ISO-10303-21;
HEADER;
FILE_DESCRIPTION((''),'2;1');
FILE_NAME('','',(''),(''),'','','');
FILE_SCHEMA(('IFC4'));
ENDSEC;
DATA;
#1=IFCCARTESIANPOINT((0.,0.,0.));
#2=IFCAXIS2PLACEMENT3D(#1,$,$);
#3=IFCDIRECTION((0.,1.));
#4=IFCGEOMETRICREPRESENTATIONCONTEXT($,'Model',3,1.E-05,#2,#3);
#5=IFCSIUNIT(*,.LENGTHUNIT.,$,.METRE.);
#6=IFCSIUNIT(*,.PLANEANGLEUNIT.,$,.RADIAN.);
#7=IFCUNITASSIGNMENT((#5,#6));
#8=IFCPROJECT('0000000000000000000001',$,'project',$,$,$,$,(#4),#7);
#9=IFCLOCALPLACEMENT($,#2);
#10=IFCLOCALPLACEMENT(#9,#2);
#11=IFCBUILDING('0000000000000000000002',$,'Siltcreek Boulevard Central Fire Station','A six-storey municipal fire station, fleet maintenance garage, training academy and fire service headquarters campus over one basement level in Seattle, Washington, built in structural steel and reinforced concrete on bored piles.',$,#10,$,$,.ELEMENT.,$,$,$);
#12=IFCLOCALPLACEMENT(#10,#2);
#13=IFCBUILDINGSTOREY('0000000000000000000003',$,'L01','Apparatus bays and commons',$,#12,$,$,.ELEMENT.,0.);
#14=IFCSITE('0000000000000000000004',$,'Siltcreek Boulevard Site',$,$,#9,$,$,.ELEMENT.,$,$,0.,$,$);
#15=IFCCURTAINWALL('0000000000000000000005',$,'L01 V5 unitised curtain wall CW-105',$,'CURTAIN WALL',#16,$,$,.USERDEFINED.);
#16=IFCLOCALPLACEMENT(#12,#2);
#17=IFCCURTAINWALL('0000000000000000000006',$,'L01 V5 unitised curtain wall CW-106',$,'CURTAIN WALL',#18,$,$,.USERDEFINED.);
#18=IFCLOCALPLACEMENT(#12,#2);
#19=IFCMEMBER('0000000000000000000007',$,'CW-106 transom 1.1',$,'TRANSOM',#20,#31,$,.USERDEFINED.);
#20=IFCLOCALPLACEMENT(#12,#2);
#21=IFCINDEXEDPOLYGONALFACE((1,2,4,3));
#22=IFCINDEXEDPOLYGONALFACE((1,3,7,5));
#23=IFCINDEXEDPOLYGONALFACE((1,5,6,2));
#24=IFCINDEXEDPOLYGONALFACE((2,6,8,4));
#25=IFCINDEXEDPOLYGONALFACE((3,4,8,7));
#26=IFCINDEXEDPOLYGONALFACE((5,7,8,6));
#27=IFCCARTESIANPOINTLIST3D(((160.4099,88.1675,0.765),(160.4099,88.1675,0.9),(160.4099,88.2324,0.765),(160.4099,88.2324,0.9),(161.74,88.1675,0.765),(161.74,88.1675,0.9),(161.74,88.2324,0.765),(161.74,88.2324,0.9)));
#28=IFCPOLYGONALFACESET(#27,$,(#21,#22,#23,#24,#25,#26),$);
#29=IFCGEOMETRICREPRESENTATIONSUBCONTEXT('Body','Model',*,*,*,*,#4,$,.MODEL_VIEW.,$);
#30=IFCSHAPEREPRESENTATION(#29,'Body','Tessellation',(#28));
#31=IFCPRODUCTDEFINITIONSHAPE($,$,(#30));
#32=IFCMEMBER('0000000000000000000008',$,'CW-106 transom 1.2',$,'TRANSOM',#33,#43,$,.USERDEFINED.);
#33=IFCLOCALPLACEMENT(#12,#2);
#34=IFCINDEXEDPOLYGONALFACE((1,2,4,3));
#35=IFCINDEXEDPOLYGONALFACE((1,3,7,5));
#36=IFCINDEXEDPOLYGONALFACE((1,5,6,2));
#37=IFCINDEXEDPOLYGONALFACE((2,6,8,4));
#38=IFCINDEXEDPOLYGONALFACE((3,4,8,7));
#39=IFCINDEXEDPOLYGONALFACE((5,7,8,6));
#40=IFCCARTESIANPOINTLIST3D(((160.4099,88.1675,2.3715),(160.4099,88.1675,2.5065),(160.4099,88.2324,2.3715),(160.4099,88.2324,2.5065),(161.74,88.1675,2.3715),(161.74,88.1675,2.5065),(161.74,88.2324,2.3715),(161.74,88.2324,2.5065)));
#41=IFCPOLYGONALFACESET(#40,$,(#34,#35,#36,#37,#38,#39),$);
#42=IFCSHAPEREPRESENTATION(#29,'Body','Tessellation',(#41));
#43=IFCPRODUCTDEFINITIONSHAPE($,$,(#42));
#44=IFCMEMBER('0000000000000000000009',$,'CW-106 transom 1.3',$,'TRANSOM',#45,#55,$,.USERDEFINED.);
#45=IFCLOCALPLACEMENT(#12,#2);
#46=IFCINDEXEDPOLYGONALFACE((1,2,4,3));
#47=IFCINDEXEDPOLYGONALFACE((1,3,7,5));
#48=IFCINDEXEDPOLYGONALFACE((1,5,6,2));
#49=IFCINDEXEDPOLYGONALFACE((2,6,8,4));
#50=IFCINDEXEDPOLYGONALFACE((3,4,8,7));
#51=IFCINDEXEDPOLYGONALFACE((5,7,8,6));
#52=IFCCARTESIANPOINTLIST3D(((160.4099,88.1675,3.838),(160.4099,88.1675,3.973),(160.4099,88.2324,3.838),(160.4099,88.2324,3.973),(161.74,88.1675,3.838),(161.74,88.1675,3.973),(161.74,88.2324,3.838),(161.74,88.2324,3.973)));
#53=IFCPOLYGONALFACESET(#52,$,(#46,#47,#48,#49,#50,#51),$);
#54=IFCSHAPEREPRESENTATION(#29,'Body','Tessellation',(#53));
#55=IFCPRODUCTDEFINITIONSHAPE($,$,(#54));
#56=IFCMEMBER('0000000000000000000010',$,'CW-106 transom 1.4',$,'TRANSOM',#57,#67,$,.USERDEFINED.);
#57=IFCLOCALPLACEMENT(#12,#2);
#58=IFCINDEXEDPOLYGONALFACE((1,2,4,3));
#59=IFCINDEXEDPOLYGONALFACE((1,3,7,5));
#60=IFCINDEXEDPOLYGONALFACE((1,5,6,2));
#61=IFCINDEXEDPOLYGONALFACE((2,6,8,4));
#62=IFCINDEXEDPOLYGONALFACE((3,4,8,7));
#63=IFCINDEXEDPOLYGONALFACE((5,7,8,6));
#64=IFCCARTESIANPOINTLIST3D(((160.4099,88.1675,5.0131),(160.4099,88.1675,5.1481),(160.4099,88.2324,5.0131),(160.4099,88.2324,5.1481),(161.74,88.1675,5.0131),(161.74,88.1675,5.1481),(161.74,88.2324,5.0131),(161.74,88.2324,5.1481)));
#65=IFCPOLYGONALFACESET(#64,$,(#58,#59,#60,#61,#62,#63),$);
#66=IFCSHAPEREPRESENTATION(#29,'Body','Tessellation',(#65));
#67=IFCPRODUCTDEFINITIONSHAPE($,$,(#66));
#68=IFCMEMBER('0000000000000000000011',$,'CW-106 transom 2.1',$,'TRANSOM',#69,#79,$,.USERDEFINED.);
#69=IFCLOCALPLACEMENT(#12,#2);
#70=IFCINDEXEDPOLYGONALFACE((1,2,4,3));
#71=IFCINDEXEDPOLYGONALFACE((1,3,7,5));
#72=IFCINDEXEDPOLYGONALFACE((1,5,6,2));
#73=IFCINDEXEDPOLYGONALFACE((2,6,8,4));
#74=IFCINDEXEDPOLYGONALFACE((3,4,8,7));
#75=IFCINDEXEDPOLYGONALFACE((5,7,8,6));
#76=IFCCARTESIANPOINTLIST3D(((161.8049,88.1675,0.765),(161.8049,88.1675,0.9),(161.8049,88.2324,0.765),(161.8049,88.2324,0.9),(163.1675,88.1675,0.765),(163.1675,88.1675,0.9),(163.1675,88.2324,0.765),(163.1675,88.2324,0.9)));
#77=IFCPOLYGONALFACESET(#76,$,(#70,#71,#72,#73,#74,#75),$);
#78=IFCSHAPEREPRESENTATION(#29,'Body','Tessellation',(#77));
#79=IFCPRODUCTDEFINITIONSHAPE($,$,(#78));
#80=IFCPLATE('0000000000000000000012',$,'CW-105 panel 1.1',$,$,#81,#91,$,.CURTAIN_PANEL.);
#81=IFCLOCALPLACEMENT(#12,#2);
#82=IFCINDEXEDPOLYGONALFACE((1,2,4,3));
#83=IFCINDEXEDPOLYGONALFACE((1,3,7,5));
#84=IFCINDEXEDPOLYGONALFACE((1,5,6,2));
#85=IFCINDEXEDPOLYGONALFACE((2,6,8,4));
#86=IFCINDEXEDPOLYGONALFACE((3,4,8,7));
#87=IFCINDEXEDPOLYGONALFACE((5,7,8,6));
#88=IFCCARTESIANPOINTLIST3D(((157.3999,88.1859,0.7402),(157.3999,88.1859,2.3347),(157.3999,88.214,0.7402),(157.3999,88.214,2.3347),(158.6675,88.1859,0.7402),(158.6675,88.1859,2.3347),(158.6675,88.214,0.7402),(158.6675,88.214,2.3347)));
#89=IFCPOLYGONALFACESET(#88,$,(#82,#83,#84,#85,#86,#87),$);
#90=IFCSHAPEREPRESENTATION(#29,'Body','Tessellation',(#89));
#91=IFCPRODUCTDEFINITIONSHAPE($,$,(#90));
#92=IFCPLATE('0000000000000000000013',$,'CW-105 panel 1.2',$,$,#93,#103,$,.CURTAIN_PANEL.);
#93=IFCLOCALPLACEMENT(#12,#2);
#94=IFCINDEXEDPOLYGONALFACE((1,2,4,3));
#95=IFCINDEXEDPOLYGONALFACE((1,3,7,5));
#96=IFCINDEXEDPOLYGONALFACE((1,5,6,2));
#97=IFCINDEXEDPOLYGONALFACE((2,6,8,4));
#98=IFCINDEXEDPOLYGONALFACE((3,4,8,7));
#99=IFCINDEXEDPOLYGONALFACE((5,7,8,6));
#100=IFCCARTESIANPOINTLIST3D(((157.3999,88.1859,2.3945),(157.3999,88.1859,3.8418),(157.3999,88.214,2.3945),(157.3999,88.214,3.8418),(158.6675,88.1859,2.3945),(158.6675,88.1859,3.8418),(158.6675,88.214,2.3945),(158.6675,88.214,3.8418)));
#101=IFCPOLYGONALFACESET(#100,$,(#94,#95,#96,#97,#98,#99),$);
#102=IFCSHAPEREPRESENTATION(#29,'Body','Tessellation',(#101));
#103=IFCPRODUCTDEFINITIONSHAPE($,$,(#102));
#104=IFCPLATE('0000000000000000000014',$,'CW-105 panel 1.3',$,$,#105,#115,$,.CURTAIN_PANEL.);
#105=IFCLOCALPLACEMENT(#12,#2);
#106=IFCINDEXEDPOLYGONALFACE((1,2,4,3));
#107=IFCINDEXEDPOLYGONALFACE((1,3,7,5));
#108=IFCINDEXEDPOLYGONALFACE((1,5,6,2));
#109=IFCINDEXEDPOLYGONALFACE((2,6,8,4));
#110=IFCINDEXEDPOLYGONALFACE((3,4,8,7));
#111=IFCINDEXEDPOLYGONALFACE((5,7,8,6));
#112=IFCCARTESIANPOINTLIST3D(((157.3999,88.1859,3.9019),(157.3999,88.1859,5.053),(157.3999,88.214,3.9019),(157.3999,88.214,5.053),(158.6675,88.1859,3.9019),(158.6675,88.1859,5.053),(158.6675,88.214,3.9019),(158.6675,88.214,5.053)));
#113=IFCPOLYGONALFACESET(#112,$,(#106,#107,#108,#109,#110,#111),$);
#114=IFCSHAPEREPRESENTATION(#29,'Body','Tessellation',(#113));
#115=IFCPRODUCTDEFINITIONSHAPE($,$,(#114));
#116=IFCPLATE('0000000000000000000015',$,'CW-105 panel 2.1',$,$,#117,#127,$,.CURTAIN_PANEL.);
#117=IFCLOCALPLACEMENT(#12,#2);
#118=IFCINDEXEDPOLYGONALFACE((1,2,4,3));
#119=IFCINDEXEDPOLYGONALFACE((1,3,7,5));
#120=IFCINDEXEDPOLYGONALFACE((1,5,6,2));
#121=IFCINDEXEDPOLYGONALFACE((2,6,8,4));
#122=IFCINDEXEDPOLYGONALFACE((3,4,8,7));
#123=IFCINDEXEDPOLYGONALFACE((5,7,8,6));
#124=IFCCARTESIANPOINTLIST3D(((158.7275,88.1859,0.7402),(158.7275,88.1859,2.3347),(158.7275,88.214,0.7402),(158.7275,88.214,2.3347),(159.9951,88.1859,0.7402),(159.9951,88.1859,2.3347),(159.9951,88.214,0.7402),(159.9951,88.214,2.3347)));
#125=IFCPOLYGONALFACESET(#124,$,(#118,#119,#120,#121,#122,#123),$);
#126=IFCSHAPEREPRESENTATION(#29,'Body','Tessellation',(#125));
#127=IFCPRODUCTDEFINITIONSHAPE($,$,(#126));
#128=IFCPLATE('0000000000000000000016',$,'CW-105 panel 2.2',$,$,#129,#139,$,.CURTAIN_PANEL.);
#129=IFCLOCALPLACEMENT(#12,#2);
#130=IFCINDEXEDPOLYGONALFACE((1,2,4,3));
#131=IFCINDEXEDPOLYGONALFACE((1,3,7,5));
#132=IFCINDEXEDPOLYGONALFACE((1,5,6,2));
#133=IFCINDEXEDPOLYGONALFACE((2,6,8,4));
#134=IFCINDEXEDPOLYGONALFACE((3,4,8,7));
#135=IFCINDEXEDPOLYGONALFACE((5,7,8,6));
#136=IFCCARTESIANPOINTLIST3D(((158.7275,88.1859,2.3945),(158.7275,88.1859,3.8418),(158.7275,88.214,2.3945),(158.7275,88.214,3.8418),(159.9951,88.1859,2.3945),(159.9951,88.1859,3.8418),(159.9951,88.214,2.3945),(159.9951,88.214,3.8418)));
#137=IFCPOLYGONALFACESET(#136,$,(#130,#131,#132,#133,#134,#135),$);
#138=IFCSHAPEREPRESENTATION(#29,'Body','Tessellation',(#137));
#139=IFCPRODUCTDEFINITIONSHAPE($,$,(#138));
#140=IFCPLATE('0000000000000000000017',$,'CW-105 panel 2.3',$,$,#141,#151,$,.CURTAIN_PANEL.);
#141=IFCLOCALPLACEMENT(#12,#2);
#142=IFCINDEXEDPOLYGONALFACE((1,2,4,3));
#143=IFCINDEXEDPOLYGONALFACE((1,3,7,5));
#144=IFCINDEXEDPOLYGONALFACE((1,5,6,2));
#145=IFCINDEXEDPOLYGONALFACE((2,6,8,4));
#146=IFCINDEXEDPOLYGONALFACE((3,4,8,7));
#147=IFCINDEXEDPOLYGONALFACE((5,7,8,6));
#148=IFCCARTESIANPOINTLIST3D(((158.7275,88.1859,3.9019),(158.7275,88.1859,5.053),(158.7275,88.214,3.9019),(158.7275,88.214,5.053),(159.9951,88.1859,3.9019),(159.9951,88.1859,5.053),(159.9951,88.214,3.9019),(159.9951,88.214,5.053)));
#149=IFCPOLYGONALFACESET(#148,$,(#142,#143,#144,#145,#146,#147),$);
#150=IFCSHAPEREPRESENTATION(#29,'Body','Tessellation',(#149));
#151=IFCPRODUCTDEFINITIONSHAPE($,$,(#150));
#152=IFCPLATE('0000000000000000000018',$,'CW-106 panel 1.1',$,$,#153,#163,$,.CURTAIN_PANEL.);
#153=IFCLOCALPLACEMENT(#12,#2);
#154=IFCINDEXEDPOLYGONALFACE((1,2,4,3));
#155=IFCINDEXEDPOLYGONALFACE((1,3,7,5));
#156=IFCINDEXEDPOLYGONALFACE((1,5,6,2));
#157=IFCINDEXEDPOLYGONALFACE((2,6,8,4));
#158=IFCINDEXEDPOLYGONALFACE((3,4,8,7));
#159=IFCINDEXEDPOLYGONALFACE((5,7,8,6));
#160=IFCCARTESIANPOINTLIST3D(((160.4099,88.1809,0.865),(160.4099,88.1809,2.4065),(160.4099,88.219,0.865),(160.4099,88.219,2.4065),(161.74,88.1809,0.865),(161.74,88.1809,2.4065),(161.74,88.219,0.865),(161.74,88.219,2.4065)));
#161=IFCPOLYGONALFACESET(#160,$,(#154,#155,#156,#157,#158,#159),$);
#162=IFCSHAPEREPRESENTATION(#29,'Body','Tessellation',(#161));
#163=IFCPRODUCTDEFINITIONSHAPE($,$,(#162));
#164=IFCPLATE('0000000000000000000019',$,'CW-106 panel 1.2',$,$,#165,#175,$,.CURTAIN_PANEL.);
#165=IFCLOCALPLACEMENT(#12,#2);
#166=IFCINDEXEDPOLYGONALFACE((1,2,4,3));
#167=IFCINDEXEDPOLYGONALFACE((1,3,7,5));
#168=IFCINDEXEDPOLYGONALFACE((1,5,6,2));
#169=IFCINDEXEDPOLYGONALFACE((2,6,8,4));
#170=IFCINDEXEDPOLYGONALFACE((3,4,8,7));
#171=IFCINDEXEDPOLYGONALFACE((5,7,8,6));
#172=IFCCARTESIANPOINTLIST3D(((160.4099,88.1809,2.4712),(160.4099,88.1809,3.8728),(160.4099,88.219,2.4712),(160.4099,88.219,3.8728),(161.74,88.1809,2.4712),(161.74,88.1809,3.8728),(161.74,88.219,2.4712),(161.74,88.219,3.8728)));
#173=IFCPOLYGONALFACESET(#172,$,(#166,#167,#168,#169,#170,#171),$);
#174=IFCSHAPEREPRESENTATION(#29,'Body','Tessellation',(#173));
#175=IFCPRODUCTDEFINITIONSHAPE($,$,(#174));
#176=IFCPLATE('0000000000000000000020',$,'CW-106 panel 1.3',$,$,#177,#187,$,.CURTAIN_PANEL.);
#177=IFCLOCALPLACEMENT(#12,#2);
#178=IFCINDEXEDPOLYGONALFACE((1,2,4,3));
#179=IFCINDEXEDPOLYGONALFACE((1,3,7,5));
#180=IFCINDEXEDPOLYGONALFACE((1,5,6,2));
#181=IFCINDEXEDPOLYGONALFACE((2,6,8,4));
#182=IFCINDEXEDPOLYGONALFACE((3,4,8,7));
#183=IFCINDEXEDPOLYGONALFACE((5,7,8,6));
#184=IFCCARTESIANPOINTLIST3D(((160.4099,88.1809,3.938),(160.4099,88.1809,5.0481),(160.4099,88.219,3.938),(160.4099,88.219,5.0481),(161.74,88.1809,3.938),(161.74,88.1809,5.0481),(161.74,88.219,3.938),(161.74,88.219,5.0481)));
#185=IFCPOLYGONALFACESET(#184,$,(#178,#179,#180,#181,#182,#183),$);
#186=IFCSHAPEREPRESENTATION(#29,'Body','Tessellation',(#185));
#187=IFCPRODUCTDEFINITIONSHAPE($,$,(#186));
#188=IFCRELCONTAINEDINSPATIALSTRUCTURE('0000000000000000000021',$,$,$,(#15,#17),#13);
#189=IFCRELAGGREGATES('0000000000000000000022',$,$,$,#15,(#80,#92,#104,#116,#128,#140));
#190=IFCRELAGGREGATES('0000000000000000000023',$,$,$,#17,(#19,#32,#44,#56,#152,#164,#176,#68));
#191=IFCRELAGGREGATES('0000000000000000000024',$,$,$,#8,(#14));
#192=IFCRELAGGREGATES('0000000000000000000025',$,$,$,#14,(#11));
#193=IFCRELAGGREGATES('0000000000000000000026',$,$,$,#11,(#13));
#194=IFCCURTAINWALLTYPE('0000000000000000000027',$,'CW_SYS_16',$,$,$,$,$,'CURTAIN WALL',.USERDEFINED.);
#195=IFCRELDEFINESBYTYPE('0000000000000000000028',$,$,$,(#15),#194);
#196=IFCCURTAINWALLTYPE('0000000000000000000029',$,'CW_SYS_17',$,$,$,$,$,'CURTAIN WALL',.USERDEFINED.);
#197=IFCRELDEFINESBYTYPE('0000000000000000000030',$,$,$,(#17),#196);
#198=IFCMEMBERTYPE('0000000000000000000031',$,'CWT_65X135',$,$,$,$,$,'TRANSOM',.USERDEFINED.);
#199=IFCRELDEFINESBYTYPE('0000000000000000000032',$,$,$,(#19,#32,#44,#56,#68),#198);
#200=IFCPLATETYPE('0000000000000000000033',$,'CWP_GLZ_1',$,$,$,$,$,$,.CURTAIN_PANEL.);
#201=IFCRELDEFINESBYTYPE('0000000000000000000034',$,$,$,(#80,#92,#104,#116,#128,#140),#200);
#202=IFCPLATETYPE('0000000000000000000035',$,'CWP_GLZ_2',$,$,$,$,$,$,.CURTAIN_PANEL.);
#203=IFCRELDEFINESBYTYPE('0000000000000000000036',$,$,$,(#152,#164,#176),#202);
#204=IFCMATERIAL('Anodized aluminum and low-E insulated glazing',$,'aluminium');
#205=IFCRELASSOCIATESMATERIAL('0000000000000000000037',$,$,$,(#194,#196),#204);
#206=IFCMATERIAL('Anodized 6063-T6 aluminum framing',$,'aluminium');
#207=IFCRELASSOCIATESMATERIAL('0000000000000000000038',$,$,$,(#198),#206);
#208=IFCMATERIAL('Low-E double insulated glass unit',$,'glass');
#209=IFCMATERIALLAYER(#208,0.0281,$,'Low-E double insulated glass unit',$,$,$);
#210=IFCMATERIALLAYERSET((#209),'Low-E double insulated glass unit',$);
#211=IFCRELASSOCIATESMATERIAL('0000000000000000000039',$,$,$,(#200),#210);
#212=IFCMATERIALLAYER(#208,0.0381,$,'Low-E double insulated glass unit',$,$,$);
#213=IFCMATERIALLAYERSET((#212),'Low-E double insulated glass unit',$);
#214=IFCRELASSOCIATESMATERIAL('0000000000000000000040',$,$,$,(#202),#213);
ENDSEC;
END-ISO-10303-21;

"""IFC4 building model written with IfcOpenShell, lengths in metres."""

from ifc_helpers import new_model, si_unit, direction, frame, origin, origin_2d, place, context, subcontext, project, spatial, rectangle, extrude, material, layer, layer_set, material_profile, profile_set, type_object, element, aggregate, save


model = new_model("IFC4")

# Units and contexts
model_context = context("Model", 3, precision=1e-05, world=origin(), true_north=direction((0.0, 1.0)))
body_context = subcontext(model_context, "Body", "Model", "MODEL_VIEW")
ifc_project = project(units=[si_unit("LENGTHUNIT", "METRE"), si_unit("PLANEANGLEUNIT", "RADIAN")], contexts=[model_context])

# Site, building, storey
site_placement = place(None, origin())
site = spatial("IfcSite", under=ifc_project, at=site_placement, Name="Siltcreek Boulevard Site", CompositionType="ELEMENT", RefElevation=0.0)
building_placement = place(site_placement, origin())
building = spatial("IfcBuilding", under=site, at=building_placement, Name="Siltcreek Boulevard Central Fire Station", Description="A six-storey municipal fire station, fleet maintenance garage, training academy and fire service headquarters campus over one basement level in Seattle, Washington, built in structural steel and reinforced concrete on bored piles.", CompositionType="ELEMENT")
storey_placement = place(building_placement, origin())
storey = spatial("IfcBuildingStorey", under=building, at=storey_placement, Name="L01", Description="Apparatus bays and commons", CompositionType="ELEMENT", Elevation=0.0)

# Curtain walls
ifc_material_1 = material(Name="Anodized aluminum and low-E insulated glazing", Category="aluminium")
curtain_wall_type_1 = type_object("IfcCurtainWallType", Name="CW_SYS_16", ElementType="CURTAIN WALL", PredefinedType="USERDEFINED", material=ifc_material_1)
curtain_wall_1_placement = place(storey_placement, origin())
curtain_wall_1 = element("IfcCurtainWall", 1, at=curtain_wall_1_placement, inside=storey, type_object=curtain_wall_type_1, Name="L01 V5 unitised curtain wall CW-105", ObjectType="CURTAIN WALL", PredefinedType="USERDEFINED")
ifc_material_2 = material(Name="Anodized 6063-T6 aluminum framing", Category="aluminium")
curtain_wall_type_2 = type_object("IfcCurtainWallType", Name="CW_SYS_17", ElementType="CURTAIN WALL", PredefinedType="USERDEFINED", material=ifc_material_1)
curtain_wall_2_placement = place(storey_placement, origin())
curtain_wall_2 = element("IfcCurtainWall", 2, at=curtain_wall_2_placement, inside=storey, type_object=curtain_wall_type_2, Name="L01 V5 unitised curtain wall CW-106", ObjectType="CURTAIN WALL", PredefinedType="USERDEFINED")

# Members
ifc_material_profile_1 = material_profile(ifc_material_2, rectangle(XDim=0.0649, YDim=0.135, at=origin_2d()), Name="TRAN65X135")
ifc_profile_set_1 = profile_set([ifc_material_profile_1], Name="Anodized 6063-T6 aluminum framing")
member_type_1 = type_object("IfcMemberType", Name="CWT_65X135", ElementType="TRANSOM", PredefinedType="USERDEFINED", material=ifc_profile_set_1)
member_1_placement = place(storey_placement, frame((160.4099, 88.2, 0.8325), z_axis=(1.0, 0.0, 0.0), x_axis=(0.0, 1.0, 0.0)))
member_1 = element("IfcMember", 3, at=member_1_placement, type_object=member_type_1, Name="CW-106 transom 1.1", ObjectType="TRANSOM", PredefinedType="USERDEFINED", context=body_context, shape_type="SweptSolid", body=[
    extrude(rectangle(XDim=0.0649, YDim=0.135, at=origin_2d()), origin(), (0.0, 0.0, 1.0), 1.3301),
])
member_2_placement = place(storey_placement, frame((160.4099, 88.2, 2.439), z_axis=(1.0, 0.0, 0.0), x_axis=(0.0, 1.0, 0.0)))
member_2 = element("IfcMember", 4, at=member_2_placement, type_object=member_type_1, Name="CW-106 transom 1.2", ObjectType="TRANSOM", PredefinedType="USERDEFINED", context=body_context, shape_type="SweptSolid", body=[
    extrude(rectangle(XDim=0.0649, YDim=0.135, at=origin_2d()), origin(), (0.0, 0.0, 1.0), 1.3301),
])
member_3_placement = place(storey_placement, frame((160.4099, 88.2, 3.9055), z_axis=(1.0, 0.0, 0.0), x_axis=(0.0, 1.0, 0.0)))
member_3 = element("IfcMember", 5, at=member_3_placement, type_object=member_type_1, Name="CW-106 transom 1.3", ObjectType="TRANSOM", PredefinedType="USERDEFINED", context=body_context, shape_type="SweptSolid", body=[
    extrude(rectangle(XDim=0.0649, YDim=0.135, at=origin_2d()), origin(), (0.0, 0.0, 1.0), 1.3301),
])
member_4_placement = place(storey_placement, frame((160.4099, 88.2, 5.0806), z_axis=(1.0, 0.0, 0.0), x_axis=(0.0, 1.0, 0.0)))
member_4 = element("IfcMember", 6, at=member_4_placement, type_object=member_type_1, Name="CW-106 transom 1.4", ObjectType="TRANSOM", PredefinedType="USERDEFINED", context=body_context, shape_type="SweptSolid", body=[
    extrude(rectangle(XDim=0.0649, YDim=0.135, at=origin_2d()), origin(), (0.0, 0.0, 1.0), 1.3301),
])
member_5_placement = place(storey_placement, frame((161.8049, 88.2, 0.8325), z_axis=(1.0, 0.0, 0.0), x_axis=(0.0, 1.0, 0.0)))
member_5 = element("IfcMember", 7, at=member_5_placement, type_object=member_type_1, Name="CW-106 transom 2.1", ObjectType="TRANSOM", PredefinedType="USERDEFINED", context=body_context, shape_type="SweptSolid", body=[
    extrude(rectangle(XDim=0.0649, YDim=0.135, at=origin_2d()), origin(), (0.0, 0.0, 1.0), 1.3625),
])

# Plates
ifc_material_3 = material(Name="Low-E double insulated glass unit", Category="glass")
ifc_layer_1 = layer(ifc_material_3, 0.0281, Name="Low-E double insulated glass unit")
ifc_layer_set_1 = layer_set([ifc_layer_1], Name="Low-E double insulated glass unit")
plate_type_1 = type_object("IfcPlateType", Name="CWP_GLZ_1", PredefinedType="CURTAIN_PANEL", material=ifc_layer_set_1)
plate_1_placement = place(storey_placement, frame((158.0337, 88.2, 0.7402), z_axis=(0.0, 0.0, 1.0), x_axis=(1.0, 0.0, 0.0)))
plate_1 = element("IfcPlate", 8, at=plate_1_placement, type_object=plate_type_1, Name="CW-105 panel 1.1", PredefinedType="CURTAIN_PANEL", context=body_context, shape_type="SweptSolid", body=[
    extrude(rectangle(XDim=1.2676, YDim=0.0281, at=origin_2d()), origin(), (0.0, 0.0, 1.0), 1.5945),
])
plate_2_placement = place(storey_placement, frame((158.0337, 88.2, 2.3945), z_axis=(0.0, 0.0, 1.0), x_axis=(1.0, 0.0, 0.0)))
plate_2 = element("IfcPlate", 9, at=plate_2_placement, type_object=plate_type_1, Name="CW-105 panel 1.2", PredefinedType="CURTAIN_PANEL", context=body_context, shape_type="SweptSolid", body=[
    extrude(rectangle(XDim=1.2676, YDim=0.0281, at=origin_2d()), origin(), (0.0, 0.0, 1.0), 1.4473),
])
plate_3_placement = place(storey_placement, frame((158.0337, 88.2, 3.9019), z_axis=(0.0, 0.0, 1.0), x_axis=(1.0, 0.0, 0.0)))
plate_3 = element("IfcPlate", 10, at=plate_3_placement, type_object=plate_type_1, Name="CW-105 panel 1.3", PredefinedType="CURTAIN_PANEL", context=body_context, shape_type="SweptSolid", body=[
    extrude(rectangle(XDim=1.2676, YDim=0.0281, at=origin_2d()), origin(), (0.0, 0.0, 1.0), 1.1511),
])
plate_4_placement = place(storey_placement, frame((159.3613, 88.2, 0.7402), z_axis=(0.0, 0.0, 1.0), x_axis=(1.0, 0.0, 0.0)))
plate_4 = element("IfcPlate", 11, at=plate_4_placement, type_object=plate_type_1, Name="CW-105 panel 2.1", PredefinedType="CURTAIN_PANEL", context=body_context, shape_type="SweptSolid", body=[
    extrude(rectangle(XDim=1.2676, YDim=0.0281, at=origin_2d()), origin(), (0.0, 0.0, 1.0), 1.5945),
])
plate_5_placement = place(storey_placement, frame((159.3613, 88.2, 2.3945), z_axis=(0.0, 0.0, 1.0), x_axis=(1.0, 0.0, 0.0)))
plate_5 = element("IfcPlate", 12, at=plate_5_placement, type_object=plate_type_1, Name="CW-105 panel 2.2", PredefinedType="CURTAIN_PANEL", context=body_context, shape_type="SweptSolid", body=[
    extrude(rectangle(XDim=1.2676, YDim=0.0281, at=origin_2d()), origin(), (0.0, 0.0, 1.0), 1.4473),
])
plate_6_placement = place(storey_placement, frame((159.3613, 88.2, 3.9019), z_axis=(0.0, 0.0, 1.0), x_axis=(1.0, 0.0, 0.0)))
plate_6 = element("IfcPlate", 13, at=plate_6_placement, type_object=plate_type_1, Name="CW-105 panel 2.3", PredefinedType="CURTAIN_PANEL", context=body_context, shape_type="SweptSolid", body=[
    extrude(rectangle(XDim=1.2676, YDim=0.0281, at=origin_2d()), origin(), (0.0, 0.0, 1.0), 1.1511),
])
aggregate(curtain_wall_1, [plate_1, plate_2, plate_3, plate_4, plate_5, plate_6])
ifc_layer_2 = layer(ifc_material_3, 0.0381, Name="Low-E double insulated glass unit")
ifc_layer_set_2 = layer_set([ifc_layer_2], Name="Low-E double insulated glass unit")
plate_type_2 = type_object("IfcPlateType", Name="CWP_GLZ_2", PredefinedType="CURTAIN_PANEL", material=ifc_layer_set_2)
plate_7_placement = place(storey_placement, frame((161.075, 88.2, 0.865), z_axis=(0.0, 0.0, 1.0), x_axis=(1.0, 0.0, 0.0)))
plate_7 = element("IfcPlate", 14, at=plate_7_placement, type_object=plate_type_2, Name="CW-106 panel 1.1", PredefinedType="CURTAIN_PANEL", context=body_context, shape_type="SweptSolid", body=[
    extrude(rectangle(XDim=1.3301, YDim=0.0381, at=origin_2d()), origin(), (0.0, 0.0, 1.0), 1.5415),
])
plate_8_placement = place(storey_placement, frame((161.075, 88.2, 2.4712), z_axis=(0.0, 0.0, 1.0), x_axis=(1.0, 0.0, 0.0)))
plate_8 = element("IfcPlate", 15, at=plate_8_placement, type_object=plate_type_2, Name="CW-106 panel 1.2", PredefinedType="CURTAIN_PANEL", context=body_context, shape_type="SweptSolid", body=[
    extrude(rectangle(XDim=1.3301, YDim=0.0381, at=origin_2d()), origin(), (0.0, 0.0, 1.0), 1.4016),
])
plate_9_placement = place(storey_placement, frame((161.075, 88.2, 3.938), z_axis=(0.0, 0.0, 1.0), x_axis=(1.0, 0.0, 0.0)))
plate_9 = element("IfcPlate", 16, at=plate_9_placement, type_object=plate_type_2, Name="CW-106 panel 1.3", PredefinedType="CURTAIN_PANEL", context=body_context, shape_type="SweptSolid", body=[
    extrude(rectangle(XDim=1.3301, YDim=0.0381, at=origin_2d()), origin(), (0.0, 0.0, 1.0), 1.1101),
])
aggregate(curtain_wall_2, [member_1, member_2, member_3, member_4, plate_7, plate_8, plate_9, member_5])

save(model, "model.ifc")
